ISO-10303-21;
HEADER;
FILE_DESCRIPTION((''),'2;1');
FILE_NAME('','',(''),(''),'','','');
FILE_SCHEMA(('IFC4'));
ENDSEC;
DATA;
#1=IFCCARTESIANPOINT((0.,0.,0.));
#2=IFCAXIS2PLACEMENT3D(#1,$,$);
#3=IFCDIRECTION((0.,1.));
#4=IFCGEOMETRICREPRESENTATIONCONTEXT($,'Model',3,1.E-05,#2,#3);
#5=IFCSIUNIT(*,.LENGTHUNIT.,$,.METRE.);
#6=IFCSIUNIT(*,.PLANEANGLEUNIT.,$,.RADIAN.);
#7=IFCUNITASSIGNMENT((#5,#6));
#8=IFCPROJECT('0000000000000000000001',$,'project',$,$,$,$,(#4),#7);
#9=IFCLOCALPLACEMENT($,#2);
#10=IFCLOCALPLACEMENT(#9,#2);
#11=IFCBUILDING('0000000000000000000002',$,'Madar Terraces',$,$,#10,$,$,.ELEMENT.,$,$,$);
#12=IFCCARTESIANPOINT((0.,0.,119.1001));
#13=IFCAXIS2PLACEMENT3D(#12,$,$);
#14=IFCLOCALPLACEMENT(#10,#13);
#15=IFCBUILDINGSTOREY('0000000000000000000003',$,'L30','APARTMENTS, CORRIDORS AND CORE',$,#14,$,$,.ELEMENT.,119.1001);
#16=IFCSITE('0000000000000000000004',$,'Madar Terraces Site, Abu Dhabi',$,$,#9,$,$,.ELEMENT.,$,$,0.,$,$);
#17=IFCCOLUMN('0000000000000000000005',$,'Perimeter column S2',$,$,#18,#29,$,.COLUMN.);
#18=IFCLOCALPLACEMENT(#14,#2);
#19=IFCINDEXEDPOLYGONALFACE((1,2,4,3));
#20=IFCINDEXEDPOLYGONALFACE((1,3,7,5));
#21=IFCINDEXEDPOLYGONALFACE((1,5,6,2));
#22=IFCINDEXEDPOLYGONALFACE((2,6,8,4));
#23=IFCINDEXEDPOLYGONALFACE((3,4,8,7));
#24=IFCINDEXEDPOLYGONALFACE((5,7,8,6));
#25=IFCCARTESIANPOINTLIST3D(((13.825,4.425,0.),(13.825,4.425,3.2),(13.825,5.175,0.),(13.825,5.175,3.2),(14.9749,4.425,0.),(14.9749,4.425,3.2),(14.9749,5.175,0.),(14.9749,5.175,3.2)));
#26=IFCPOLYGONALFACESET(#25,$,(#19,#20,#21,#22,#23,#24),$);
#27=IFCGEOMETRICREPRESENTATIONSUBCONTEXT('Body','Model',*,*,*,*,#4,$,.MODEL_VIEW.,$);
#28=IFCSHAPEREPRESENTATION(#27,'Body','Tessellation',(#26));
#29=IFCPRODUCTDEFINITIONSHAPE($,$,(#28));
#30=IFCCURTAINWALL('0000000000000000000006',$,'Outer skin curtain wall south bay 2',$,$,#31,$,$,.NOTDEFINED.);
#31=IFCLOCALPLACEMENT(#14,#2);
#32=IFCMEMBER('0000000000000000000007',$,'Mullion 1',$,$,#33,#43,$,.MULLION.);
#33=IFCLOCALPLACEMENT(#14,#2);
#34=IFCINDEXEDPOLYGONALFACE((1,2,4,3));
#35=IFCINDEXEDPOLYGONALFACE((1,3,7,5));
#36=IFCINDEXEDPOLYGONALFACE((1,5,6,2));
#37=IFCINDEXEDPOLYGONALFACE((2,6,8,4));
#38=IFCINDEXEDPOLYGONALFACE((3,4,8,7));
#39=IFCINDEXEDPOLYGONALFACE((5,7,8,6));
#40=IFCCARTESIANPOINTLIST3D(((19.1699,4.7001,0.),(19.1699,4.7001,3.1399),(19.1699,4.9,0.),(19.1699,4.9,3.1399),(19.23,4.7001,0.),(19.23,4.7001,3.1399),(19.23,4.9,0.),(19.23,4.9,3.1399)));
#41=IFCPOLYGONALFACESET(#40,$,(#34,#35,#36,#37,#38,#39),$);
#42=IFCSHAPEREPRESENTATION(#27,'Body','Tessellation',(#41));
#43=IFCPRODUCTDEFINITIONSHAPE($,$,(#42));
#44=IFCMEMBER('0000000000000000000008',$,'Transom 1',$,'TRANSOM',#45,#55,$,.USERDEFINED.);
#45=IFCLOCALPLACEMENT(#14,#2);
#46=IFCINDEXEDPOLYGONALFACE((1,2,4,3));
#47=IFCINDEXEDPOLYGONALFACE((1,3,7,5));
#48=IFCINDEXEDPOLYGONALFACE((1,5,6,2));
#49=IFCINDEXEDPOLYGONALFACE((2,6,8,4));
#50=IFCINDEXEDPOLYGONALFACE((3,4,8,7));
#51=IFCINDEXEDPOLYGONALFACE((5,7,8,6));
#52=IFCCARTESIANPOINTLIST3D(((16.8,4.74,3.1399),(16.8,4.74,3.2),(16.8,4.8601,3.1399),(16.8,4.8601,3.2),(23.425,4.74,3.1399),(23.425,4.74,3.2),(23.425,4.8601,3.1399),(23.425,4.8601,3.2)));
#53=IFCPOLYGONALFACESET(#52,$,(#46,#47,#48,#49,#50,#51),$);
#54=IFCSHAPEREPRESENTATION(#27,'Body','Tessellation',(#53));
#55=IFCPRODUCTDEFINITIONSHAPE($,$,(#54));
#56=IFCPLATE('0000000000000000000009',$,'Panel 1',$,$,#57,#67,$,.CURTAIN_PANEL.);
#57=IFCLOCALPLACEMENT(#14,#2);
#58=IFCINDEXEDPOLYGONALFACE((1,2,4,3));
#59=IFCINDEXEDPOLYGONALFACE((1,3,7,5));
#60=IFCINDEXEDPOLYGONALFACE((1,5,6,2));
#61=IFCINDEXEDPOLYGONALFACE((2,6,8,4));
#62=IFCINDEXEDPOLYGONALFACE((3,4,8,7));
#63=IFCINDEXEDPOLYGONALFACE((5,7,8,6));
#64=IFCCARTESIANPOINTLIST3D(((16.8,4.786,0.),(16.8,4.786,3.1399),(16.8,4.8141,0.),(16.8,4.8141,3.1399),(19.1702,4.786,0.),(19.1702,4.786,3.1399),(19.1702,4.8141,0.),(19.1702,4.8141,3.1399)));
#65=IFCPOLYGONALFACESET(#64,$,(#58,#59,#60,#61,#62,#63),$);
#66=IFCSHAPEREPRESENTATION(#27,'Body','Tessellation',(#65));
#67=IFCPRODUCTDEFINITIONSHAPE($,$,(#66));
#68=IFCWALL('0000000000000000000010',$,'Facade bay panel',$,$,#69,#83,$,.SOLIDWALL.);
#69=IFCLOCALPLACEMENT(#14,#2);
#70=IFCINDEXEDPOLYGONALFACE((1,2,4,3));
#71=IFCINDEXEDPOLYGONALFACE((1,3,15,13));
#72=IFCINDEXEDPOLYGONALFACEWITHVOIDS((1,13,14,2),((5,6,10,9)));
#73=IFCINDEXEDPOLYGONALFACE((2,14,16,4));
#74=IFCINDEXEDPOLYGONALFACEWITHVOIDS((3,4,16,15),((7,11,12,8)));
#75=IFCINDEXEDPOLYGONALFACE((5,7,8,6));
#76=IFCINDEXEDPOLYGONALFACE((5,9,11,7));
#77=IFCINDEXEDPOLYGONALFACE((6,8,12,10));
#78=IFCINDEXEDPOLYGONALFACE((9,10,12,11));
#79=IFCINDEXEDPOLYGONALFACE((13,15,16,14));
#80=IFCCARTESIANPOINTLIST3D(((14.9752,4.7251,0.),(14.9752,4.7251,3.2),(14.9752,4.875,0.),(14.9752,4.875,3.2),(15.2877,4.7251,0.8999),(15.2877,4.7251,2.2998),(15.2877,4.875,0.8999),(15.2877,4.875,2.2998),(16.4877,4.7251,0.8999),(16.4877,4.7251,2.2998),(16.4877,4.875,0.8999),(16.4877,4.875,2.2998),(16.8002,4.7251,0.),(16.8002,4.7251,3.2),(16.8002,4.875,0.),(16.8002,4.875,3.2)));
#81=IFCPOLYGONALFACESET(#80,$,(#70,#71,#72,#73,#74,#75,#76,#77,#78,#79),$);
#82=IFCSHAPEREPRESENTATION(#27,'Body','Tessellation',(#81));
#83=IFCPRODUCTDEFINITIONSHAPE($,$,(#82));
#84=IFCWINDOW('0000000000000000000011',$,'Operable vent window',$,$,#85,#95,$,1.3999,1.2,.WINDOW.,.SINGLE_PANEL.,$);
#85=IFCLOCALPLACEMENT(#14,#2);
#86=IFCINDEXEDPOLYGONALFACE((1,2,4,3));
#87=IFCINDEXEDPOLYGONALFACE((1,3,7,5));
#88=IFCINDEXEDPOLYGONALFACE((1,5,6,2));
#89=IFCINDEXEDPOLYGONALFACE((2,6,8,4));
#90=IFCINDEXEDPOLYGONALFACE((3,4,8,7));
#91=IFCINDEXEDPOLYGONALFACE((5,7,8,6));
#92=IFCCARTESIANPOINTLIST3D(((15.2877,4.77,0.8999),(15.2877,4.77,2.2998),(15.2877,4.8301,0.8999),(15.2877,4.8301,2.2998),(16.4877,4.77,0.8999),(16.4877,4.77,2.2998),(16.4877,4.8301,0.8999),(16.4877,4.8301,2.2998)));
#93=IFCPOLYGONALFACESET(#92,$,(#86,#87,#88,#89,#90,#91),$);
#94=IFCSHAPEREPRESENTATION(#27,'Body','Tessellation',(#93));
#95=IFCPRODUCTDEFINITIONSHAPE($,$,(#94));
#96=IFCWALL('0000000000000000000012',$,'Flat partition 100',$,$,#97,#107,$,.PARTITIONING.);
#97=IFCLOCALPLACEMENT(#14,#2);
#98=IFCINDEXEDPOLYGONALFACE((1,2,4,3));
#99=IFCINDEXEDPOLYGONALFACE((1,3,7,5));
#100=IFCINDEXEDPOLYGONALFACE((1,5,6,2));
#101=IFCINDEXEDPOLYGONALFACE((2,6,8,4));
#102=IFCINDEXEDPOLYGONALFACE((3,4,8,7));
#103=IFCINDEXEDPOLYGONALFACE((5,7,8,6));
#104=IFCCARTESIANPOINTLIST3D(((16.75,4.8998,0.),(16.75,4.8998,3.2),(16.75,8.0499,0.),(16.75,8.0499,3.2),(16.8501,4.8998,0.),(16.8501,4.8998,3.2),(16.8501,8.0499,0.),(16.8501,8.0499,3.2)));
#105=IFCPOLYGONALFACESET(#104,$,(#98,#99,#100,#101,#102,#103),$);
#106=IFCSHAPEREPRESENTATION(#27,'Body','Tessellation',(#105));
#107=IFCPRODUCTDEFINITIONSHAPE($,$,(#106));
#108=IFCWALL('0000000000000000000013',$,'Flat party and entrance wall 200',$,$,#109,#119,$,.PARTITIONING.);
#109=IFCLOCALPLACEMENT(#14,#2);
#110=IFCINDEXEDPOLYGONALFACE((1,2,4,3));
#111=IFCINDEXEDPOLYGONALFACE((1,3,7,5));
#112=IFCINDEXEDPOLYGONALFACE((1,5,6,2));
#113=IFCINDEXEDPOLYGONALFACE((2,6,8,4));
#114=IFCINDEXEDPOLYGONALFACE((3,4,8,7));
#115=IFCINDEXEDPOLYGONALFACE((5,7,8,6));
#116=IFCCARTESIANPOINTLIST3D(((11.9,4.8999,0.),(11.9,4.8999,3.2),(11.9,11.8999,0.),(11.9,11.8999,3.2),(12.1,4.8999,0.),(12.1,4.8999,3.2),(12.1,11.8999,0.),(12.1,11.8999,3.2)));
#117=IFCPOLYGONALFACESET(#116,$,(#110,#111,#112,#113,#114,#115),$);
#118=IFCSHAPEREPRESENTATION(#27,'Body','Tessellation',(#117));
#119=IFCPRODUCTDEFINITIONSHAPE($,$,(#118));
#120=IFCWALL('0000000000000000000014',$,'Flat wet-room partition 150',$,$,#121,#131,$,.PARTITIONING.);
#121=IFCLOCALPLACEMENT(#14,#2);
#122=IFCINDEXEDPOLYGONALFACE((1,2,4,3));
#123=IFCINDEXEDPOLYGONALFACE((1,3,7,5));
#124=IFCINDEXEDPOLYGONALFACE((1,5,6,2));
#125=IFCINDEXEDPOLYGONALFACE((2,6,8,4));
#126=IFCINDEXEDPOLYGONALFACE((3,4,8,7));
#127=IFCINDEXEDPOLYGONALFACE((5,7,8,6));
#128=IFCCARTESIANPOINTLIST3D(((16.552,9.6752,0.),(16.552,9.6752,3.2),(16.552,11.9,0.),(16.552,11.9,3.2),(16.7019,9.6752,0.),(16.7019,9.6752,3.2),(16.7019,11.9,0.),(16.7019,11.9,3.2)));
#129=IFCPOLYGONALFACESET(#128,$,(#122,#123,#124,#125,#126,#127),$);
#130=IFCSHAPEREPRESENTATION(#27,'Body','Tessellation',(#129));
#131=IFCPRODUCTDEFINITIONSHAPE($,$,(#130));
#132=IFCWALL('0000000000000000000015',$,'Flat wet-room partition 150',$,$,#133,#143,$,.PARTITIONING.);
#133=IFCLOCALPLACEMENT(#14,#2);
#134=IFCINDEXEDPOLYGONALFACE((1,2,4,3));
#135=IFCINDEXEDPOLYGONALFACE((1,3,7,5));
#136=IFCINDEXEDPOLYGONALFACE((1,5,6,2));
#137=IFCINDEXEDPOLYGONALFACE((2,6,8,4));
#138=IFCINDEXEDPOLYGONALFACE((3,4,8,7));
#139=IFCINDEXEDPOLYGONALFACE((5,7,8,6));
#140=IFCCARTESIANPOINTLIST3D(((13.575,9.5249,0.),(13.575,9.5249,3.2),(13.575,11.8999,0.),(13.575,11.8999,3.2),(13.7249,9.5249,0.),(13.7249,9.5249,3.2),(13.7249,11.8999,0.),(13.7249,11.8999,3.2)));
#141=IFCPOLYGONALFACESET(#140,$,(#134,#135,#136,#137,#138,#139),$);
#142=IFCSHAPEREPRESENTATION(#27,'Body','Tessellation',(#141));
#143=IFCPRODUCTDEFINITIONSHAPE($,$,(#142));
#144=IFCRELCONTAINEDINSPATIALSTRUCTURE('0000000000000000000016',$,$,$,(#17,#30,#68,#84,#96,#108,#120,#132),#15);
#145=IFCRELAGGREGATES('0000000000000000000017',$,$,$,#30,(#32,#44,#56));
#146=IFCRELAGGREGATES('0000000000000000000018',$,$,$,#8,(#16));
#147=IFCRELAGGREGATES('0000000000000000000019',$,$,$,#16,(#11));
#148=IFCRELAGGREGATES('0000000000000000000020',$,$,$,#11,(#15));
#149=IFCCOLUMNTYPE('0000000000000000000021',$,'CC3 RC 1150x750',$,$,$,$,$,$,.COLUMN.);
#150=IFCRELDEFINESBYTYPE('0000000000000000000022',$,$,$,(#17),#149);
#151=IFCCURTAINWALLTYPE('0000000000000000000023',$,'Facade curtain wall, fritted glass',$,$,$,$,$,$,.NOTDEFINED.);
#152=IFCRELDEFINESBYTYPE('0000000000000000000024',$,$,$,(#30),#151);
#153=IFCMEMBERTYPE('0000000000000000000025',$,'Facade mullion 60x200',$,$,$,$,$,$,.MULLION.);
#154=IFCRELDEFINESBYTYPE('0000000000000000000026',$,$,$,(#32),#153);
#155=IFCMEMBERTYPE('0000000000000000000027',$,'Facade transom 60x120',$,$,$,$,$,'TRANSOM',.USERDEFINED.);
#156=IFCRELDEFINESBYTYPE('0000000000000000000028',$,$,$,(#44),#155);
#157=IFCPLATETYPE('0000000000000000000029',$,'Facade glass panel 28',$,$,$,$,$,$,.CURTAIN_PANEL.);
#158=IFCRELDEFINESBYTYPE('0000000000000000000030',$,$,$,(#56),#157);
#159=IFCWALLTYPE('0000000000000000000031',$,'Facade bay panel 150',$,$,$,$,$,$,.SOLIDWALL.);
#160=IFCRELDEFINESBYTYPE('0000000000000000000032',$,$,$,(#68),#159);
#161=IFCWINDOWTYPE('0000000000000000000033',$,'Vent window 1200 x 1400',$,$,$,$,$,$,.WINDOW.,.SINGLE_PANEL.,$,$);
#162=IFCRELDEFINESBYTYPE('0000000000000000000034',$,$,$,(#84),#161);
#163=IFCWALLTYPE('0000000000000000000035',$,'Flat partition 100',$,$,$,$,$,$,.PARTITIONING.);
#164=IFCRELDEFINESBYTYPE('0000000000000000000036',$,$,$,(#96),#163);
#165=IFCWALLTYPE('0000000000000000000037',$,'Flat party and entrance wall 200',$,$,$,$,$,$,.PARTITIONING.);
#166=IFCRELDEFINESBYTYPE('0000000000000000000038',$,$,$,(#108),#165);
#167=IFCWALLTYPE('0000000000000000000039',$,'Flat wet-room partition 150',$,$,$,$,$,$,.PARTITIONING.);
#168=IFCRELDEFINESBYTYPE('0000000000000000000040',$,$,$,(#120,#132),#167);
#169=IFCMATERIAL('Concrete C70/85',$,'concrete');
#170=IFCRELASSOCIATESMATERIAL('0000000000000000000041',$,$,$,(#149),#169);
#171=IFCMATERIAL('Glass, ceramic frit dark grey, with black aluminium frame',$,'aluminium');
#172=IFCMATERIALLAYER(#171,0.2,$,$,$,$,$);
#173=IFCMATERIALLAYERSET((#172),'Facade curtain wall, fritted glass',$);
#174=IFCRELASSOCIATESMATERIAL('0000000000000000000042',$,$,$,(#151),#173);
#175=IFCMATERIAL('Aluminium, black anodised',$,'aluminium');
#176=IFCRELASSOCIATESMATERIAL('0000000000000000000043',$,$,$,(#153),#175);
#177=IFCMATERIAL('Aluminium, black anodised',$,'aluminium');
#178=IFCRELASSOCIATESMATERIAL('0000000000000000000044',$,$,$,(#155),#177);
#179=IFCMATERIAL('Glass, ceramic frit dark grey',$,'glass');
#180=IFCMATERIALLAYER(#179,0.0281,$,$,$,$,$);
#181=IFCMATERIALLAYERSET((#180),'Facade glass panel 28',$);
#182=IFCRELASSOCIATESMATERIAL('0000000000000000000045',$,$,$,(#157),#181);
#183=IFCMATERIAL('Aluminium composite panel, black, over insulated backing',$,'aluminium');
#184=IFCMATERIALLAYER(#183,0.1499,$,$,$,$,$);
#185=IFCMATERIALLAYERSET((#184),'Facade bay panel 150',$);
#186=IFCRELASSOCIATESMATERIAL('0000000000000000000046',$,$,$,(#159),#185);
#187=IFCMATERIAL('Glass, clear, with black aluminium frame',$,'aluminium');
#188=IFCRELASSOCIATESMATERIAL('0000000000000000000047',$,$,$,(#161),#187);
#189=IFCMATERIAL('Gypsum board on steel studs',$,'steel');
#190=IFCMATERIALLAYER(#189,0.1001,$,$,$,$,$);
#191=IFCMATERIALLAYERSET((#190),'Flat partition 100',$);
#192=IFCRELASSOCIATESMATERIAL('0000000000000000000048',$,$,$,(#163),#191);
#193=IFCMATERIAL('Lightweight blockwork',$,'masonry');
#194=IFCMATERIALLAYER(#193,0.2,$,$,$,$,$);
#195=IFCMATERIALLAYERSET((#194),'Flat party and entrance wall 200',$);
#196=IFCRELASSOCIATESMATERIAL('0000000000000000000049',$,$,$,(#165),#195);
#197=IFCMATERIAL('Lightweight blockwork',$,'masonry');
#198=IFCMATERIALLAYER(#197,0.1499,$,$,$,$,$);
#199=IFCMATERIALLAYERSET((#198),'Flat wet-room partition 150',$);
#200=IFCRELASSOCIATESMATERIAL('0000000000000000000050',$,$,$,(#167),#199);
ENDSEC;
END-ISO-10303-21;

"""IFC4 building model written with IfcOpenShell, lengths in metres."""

from ifc_helpers import new_model, si_unit, direction, frame, frame_2d, origin, origin_2d, place, context, subcontext, project, spatial, rectangle, extrude, material, layer, layer_set, material_profile, profile_set, type_object, element, fill, aggregate, save


model = new_model("IFC4")

# Units and contexts
model_context = context("Model", 3, precision=1e-05, world=origin(), true_north=direction((0.0, 1.0)))
body_context = subcontext(model_context, "Body", "Model", "MODEL_VIEW")
ifc_project = project(units=[si_unit("LENGTHUNIT", "METRE"), si_unit("PLANEANGLEUNIT", "RADIAN")], contexts=[model_context])

# Site, building, storey
site_placement = place(None, origin())
site = spatial("IfcSite", under=ifc_project, at=site_placement, Name="Madar Terraces Site, Abu Dhabi", CompositionType="ELEMENT", RefElevation=0.0)
building_placement = place(site_placement, origin())
building = spatial("IfcBuilding", under=site, at=building_placement, Name="Madar Terraces", CompositionType="ELEMENT")
storey_placement = place(building_placement, frame((0.0, 0.0, 119.1001)))
storey = spatial("IfcBuildingStorey", under=building, at=storey_placement, Name="L30", Description="APARTMENTS, CORRIDORS AND CORE", CompositionType="ELEMENT", Elevation=119.1001)

# Column
ifc_material_1 = material(Name="Concrete C70/85", Category="concrete")
ifc_material_profile_1 = material_profile(ifc_material_1, rectangle(XDim=1.1499, YDim=0.75, at=origin_2d()), Name="CC3 RC 1150x750")
ifc_profile_set_1 = profile_set([ifc_material_profile_1], Name="Concrete C70/85")
column_type = type_object("IfcColumnType", Name="CC3 RC 1150x750", PredefinedType="COLUMN", material=ifc_profile_set_1)
column_placement = place(storey_placement, frame((14.3999, 4.8, 0.0), z_axis=(0.0, 0.0, 1.0), x_axis=(1.0, 0.0, 0.0)))
element("IfcColumn", 1, at=column_placement, inside=storey, type_object=column_type, Name="Perimeter column S2", PredefinedType="COLUMN", context=body_context, shape_type="SweptSolid", body=[
    extrude(rectangle(XDim=1.1499, YDim=0.75, at=origin_2d()), origin(), (0.0, 0.0, 1.0), 3.2),
])

# Curtain wall, members, plate
ifc_material_2 = material(Name="Glass, ceramic frit dark grey, with black aluminium frame", Category="aluminium")
ifc_layer_1 = layer(ifc_material_2, 0.2)
ifc_layer_set_1 = layer_set([ifc_layer_1], Name="Facade curtain wall, fritted glass")
curtain_wall_type = type_object("IfcCurtainWallType", Name="Facade curtain wall, fritted glass", PredefinedType="NOTDEFINED", material=ifc_layer_set_1)
curtain_wall_placement = place(storey_placement, origin())
curtain_wall = element("IfcCurtainWall", 2, at=curtain_wall_placement, inside=storey, type_object=curtain_wall_type, Name="Outer skin curtain wall south bay 2", PredefinedType="NOTDEFINED")
ifc_material_3 = material(Name="Aluminium, black anodised", Category="aluminium")
ifc_material_profile_2 = material_profile(ifc_material_3, rectangle(XDim=0.2, YDim=0.0601, at=origin_2d()), Name="Facade mullion 60x200")
ifc_profile_set_2 = profile_set([ifc_material_profile_2], Name="Aluminium, black anodised")
member_type_1 = type_object("IfcMemberType", Name="Facade mullion 60x200", PredefinedType="MULLION", material=ifc_profile_set_2)
member_1_placement = place(storey_placement, frame((19.2, 4.8, 0.0), z_axis=(0.0, 0.0, 1.0), x_axis=(0.0, 1.0, 0.0)))
member_1 = element("IfcMember", 3, at=member_1_placement, type_object=member_type_1, Name="Mullion 1", PredefinedType="MULLION", context=body_context, shape_type="SweptSolid", body=[
    extrude(rectangle(XDim=0.2, YDim=0.0601, at=origin_2d()), origin(), (0.0, 0.0, 1.0), 3.1399),
])
ifc_material_4 = material(Name="Aluminium, black anodised", Category="aluminium")
ifc_material_profile_3 = material_profile(ifc_material_4, rectangle(XDim=0.1201, YDim=0.0601, at=origin_2d()), Name="Facade transom 60x120")
ifc_profile_set_3 = profile_set([ifc_material_profile_3], Name="Aluminium, black anodised")
member_type_2 = type_object("IfcMemberType", Name="Facade transom 60x120", ElementType="TRANSOM", PredefinedType="USERDEFINED", material=ifc_profile_set_3)
member_2_placement = place(storey_placement, frame((16.8, 4.8, 3.1699), z_axis=(1.0, 0.0, 0.0), x_axis=(0.0, 1.0, 0.0)))
member_2 = element("IfcMember", 4, at=member_2_placement, type_object=member_type_2, Name="Transom 1", ObjectType="TRANSOM", PredefinedType="USERDEFINED", context=body_context, shape_type="SweptSolid", body=[
    extrude(rectangle(XDim=0.1201, YDim=0.0601, at=origin_2d()), origin(), (0.0, 0.0, 1.0), 6.625),
])
ifc_material_5 = material(Name="Glass, ceramic frit dark grey", Category="glass")
ifc_layer_2 = layer(ifc_material_5, 0.0281)
ifc_layer_set_2 = layer_set([ifc_layer_2], Name="Facade glass panel 28")
plate_type = type_object("IfcPlateType", Name="Facade glass panel 28", PredefinedType="CURTAIN_PANEL", material=ifc_layer_set_2)
plate_placement = place(storey_placement, frame((17.9851, 4.8, 0.0), z_axis=(0.0, 0.0, 1.0), x_axis=(1.0, 0.0, 0.0)))
plate = element("IfcPlate", 5, at=plate_placement, type_object=plate_type, Name="Panel 1", PredefinedType="CURTAIN_PANEL", context=body_context, shape_type="SweptSolid", body=[
    extrude(rectangle(XDim=2.3701, YDim=0.0281, at=origin_2d()), origin(), (0.0, 0.0, 1.0), 3.1399),
])
aggregate(curtain_wall, [member_1, member_2, plate])

# Wall, opening, window
ifc_material_6 = material(Name="Aluminium composite panel, black, over insulated backing", Category="aluminium")
ifc_layer_3 = layer(ifc_material_6, 0.1499)
ifc_layer_set_3 = layer_set([ifc_layer_3], Name="Facade bay panel 150")
wall_type_1 = type_object("IfcWallType", Name="Facade bay panel 150", PredefinedType="SOLIDWALL", material=ifc_layer_set_3)
wall_1_placement = place(storey_placement, frame((14.9751, 4.8, 0.0), z_axis=(0.0, 0.0, 1.0), x_axis=(1.0, 0.0, 0.0)))
wall_1 = element("IfcWall", 6, at=wall_1_placement, inside=storey, type_object=wall_type_1, Name="Facade bay panel", PredefinedType="SOLIDWALL", context=body_context, shape_type="SweptSolid", body=[
    extrude(rectangle(XDim=1.825, YDim=0.1499, at=frame_2d((0.9126, 0.0))), origin(), (0.0, 0.0, 1.0), 3.2),
])
opening_1_placement = place(wall_1_placement, frame((0.3125, 0.0, 0.8999)))
opening_1 = element("IfcOpeningElement", 7, at=opening_1_placement, cuts=wall_1, PredefinedType="OPENING", context=body_context, shape_type="SweptSolid", body=[
    extrude(rectangle(XDim=1.2, YDim=1.3999, at=frame_2d((0.6001, 0.7))), frame((0.0, 0.085, 0.0), z_axis=(0.0, -1.0, 0.0), x_axis=(1.0, 0.0, 0.0)), (0.0, 0.0, 1.0), 0.1699),
])
ifc_material_7 = material(Name="Glass, clear, with black aluminium frame", Category="aluminium")
window_type = type_object("IfcWindowType", Name="Vent window 1200 x 1400", PartitioningType="SINGLE_PANEL", PredefinedType="WINDOW", material=ifc_material_7)
window_placement = place(opening_1_placement, origin())
window = element("IfcWindow", 8, at=window_placement, inside=storey, type_object=window_type, Name="Operable vent window", OverallHeight=1.3999, OverallWidth=1.2, PartitioningType="SINGLE_PANEL", PredefinedType="WINDOW", context=body_context, shape_type="SweptSolid", body=[
    extrude(rectangle(XDim=1.2, YDim=1.3999, at=frame_2d((0.6001, 0.7))), frame((0.0, 0.03, 0.0), z_axis=(0.0, -1.0, 0.0), x_axis=(1.0, 0.0, 0.0)), (0.0, 0.0, 1.0), 0.0601),
])
fill(opening_1, window)

# Walls
ifc_material_8 = material(Name="Gypsum board on steel studs", Category="steel")
ifc_layer_4 = layer(ifc_material_8, 0.1001)
ifc_layer_set_4 = layer_set([ifc_layer_4], Name="Flat partition 100")
wall_type_2 = type_object("IfcWallType", Name="Flat partition 100", PredefinedType="PARTITIONING", material=ifc_layer_set_4)
wall_2_placement = place(storey_placement, frame((16.8, 8.05, 0.0), z_axis=(0.0, 0.0, 1.0), x_axis=(0.0, -1.0, 0.0)))
element("IfcWall", 9, at=wall_2_placement, inside=storey, type_object=wall_type_2, Name="Flat partition 100", PredefinedType="PARTITIONING", context=body_context, shape_type="SweptSolid", body=[
    extrude(rectangle(XDim=3.1501, YDim=0.1001, at=frame_2d((1.5752, 0.0))), origin(), (0.0, 0.0, 1.0), 3.2),
])
ifc_material_9 = material(Name="Lightweight blockwork", Category="masonry")
ifc_layer_5 = layer(ifc_material_9, 0.2)
ifc_layer_set_5 = layer_set([ifc_layer_5], Name="Flat party and entrance wall 200")
wall_type_3 = type_object("IfcWallType", Name="Flat party and entrance wall 200", PredefinedType="PARTITIONING", material=ifc_layer_set_5)
wall_3_placement = place(storey_placement, frame((12.0, 4.8999, 0.0), z_axis=(0.0, 0.0, 1.0), x_axis=(0.0, 1.0, 0.0)))
element("IfcWall", 10, at=wall_3_placement, inside=storey, type_object=wall_type_3, Name="Flat party and entrance wall 200", PredefinedType="PARTITIONING", context=body_context, shape_type="SweptSolid", body=[
    extrude(rectangle(XDim=7.0, YDim=0.2, at=frame_2d((3.5, 0.0))), origin(), (0.0, 0.0, 1.0), 3.2),
])
ifc_material_10 = material(Name="Lightweight blockwork", Category="masonry")
ifc_layer_6 = layer(ifc_material_10, 0.1499)
ifc_layer_set_6 = layer_set([ifc_layer_6], Name="Flat wet-room partition 150")
wall_type_4 = type_object("IfcWallType", Name="Flat wet-room partition 150", PredefinedType="PARTITIONING", material=ifc_layer_set_6)
wall_4_placement = place(storey_placement, frame((16.627, 11.8999, 0.0), z_axis=(0.0, 0.0, 1.0), x_axis=(0.0, -1.0, 0.0)))
element("IfcWall", 11, at=wall_4_placement, inside=storey, type_object=wall_type_4, Name="Flat wet-room partition 150", PredefinedType="PARTITIONING", context=body_context, shape_type="SweptSolid", body=[
    extrude(rectangle(XDim=2.2249, YDim=0.1499, at=frame_2d((1.1123, 0.0))), origin(), (0.0, 0.0, 1.0), 3.2),
])
wall_5_placement = place(storey_placement, frame((13.6499, 11.8999, 0.0), z_axis=(0.0, 0.0, 1.0), x_axis=(0.0, -1.0, 0.0)))
element("IfcWall", 12, at=wall_5_placement, inside=storey, type_object=wall_type_4, Name="Flat wet-room partition 150", PredefinedType="PARTITIONING", context=body_context, shape_type="SweptSolid", body=[
    extrude(rectangle(XDim=2.375, YDim=0.1499, at=frame_2d((1.1875, 0.0))), origin(), (0.0, 0.0, 1.0), 3.2),
])

save(model, "model.ifc")
